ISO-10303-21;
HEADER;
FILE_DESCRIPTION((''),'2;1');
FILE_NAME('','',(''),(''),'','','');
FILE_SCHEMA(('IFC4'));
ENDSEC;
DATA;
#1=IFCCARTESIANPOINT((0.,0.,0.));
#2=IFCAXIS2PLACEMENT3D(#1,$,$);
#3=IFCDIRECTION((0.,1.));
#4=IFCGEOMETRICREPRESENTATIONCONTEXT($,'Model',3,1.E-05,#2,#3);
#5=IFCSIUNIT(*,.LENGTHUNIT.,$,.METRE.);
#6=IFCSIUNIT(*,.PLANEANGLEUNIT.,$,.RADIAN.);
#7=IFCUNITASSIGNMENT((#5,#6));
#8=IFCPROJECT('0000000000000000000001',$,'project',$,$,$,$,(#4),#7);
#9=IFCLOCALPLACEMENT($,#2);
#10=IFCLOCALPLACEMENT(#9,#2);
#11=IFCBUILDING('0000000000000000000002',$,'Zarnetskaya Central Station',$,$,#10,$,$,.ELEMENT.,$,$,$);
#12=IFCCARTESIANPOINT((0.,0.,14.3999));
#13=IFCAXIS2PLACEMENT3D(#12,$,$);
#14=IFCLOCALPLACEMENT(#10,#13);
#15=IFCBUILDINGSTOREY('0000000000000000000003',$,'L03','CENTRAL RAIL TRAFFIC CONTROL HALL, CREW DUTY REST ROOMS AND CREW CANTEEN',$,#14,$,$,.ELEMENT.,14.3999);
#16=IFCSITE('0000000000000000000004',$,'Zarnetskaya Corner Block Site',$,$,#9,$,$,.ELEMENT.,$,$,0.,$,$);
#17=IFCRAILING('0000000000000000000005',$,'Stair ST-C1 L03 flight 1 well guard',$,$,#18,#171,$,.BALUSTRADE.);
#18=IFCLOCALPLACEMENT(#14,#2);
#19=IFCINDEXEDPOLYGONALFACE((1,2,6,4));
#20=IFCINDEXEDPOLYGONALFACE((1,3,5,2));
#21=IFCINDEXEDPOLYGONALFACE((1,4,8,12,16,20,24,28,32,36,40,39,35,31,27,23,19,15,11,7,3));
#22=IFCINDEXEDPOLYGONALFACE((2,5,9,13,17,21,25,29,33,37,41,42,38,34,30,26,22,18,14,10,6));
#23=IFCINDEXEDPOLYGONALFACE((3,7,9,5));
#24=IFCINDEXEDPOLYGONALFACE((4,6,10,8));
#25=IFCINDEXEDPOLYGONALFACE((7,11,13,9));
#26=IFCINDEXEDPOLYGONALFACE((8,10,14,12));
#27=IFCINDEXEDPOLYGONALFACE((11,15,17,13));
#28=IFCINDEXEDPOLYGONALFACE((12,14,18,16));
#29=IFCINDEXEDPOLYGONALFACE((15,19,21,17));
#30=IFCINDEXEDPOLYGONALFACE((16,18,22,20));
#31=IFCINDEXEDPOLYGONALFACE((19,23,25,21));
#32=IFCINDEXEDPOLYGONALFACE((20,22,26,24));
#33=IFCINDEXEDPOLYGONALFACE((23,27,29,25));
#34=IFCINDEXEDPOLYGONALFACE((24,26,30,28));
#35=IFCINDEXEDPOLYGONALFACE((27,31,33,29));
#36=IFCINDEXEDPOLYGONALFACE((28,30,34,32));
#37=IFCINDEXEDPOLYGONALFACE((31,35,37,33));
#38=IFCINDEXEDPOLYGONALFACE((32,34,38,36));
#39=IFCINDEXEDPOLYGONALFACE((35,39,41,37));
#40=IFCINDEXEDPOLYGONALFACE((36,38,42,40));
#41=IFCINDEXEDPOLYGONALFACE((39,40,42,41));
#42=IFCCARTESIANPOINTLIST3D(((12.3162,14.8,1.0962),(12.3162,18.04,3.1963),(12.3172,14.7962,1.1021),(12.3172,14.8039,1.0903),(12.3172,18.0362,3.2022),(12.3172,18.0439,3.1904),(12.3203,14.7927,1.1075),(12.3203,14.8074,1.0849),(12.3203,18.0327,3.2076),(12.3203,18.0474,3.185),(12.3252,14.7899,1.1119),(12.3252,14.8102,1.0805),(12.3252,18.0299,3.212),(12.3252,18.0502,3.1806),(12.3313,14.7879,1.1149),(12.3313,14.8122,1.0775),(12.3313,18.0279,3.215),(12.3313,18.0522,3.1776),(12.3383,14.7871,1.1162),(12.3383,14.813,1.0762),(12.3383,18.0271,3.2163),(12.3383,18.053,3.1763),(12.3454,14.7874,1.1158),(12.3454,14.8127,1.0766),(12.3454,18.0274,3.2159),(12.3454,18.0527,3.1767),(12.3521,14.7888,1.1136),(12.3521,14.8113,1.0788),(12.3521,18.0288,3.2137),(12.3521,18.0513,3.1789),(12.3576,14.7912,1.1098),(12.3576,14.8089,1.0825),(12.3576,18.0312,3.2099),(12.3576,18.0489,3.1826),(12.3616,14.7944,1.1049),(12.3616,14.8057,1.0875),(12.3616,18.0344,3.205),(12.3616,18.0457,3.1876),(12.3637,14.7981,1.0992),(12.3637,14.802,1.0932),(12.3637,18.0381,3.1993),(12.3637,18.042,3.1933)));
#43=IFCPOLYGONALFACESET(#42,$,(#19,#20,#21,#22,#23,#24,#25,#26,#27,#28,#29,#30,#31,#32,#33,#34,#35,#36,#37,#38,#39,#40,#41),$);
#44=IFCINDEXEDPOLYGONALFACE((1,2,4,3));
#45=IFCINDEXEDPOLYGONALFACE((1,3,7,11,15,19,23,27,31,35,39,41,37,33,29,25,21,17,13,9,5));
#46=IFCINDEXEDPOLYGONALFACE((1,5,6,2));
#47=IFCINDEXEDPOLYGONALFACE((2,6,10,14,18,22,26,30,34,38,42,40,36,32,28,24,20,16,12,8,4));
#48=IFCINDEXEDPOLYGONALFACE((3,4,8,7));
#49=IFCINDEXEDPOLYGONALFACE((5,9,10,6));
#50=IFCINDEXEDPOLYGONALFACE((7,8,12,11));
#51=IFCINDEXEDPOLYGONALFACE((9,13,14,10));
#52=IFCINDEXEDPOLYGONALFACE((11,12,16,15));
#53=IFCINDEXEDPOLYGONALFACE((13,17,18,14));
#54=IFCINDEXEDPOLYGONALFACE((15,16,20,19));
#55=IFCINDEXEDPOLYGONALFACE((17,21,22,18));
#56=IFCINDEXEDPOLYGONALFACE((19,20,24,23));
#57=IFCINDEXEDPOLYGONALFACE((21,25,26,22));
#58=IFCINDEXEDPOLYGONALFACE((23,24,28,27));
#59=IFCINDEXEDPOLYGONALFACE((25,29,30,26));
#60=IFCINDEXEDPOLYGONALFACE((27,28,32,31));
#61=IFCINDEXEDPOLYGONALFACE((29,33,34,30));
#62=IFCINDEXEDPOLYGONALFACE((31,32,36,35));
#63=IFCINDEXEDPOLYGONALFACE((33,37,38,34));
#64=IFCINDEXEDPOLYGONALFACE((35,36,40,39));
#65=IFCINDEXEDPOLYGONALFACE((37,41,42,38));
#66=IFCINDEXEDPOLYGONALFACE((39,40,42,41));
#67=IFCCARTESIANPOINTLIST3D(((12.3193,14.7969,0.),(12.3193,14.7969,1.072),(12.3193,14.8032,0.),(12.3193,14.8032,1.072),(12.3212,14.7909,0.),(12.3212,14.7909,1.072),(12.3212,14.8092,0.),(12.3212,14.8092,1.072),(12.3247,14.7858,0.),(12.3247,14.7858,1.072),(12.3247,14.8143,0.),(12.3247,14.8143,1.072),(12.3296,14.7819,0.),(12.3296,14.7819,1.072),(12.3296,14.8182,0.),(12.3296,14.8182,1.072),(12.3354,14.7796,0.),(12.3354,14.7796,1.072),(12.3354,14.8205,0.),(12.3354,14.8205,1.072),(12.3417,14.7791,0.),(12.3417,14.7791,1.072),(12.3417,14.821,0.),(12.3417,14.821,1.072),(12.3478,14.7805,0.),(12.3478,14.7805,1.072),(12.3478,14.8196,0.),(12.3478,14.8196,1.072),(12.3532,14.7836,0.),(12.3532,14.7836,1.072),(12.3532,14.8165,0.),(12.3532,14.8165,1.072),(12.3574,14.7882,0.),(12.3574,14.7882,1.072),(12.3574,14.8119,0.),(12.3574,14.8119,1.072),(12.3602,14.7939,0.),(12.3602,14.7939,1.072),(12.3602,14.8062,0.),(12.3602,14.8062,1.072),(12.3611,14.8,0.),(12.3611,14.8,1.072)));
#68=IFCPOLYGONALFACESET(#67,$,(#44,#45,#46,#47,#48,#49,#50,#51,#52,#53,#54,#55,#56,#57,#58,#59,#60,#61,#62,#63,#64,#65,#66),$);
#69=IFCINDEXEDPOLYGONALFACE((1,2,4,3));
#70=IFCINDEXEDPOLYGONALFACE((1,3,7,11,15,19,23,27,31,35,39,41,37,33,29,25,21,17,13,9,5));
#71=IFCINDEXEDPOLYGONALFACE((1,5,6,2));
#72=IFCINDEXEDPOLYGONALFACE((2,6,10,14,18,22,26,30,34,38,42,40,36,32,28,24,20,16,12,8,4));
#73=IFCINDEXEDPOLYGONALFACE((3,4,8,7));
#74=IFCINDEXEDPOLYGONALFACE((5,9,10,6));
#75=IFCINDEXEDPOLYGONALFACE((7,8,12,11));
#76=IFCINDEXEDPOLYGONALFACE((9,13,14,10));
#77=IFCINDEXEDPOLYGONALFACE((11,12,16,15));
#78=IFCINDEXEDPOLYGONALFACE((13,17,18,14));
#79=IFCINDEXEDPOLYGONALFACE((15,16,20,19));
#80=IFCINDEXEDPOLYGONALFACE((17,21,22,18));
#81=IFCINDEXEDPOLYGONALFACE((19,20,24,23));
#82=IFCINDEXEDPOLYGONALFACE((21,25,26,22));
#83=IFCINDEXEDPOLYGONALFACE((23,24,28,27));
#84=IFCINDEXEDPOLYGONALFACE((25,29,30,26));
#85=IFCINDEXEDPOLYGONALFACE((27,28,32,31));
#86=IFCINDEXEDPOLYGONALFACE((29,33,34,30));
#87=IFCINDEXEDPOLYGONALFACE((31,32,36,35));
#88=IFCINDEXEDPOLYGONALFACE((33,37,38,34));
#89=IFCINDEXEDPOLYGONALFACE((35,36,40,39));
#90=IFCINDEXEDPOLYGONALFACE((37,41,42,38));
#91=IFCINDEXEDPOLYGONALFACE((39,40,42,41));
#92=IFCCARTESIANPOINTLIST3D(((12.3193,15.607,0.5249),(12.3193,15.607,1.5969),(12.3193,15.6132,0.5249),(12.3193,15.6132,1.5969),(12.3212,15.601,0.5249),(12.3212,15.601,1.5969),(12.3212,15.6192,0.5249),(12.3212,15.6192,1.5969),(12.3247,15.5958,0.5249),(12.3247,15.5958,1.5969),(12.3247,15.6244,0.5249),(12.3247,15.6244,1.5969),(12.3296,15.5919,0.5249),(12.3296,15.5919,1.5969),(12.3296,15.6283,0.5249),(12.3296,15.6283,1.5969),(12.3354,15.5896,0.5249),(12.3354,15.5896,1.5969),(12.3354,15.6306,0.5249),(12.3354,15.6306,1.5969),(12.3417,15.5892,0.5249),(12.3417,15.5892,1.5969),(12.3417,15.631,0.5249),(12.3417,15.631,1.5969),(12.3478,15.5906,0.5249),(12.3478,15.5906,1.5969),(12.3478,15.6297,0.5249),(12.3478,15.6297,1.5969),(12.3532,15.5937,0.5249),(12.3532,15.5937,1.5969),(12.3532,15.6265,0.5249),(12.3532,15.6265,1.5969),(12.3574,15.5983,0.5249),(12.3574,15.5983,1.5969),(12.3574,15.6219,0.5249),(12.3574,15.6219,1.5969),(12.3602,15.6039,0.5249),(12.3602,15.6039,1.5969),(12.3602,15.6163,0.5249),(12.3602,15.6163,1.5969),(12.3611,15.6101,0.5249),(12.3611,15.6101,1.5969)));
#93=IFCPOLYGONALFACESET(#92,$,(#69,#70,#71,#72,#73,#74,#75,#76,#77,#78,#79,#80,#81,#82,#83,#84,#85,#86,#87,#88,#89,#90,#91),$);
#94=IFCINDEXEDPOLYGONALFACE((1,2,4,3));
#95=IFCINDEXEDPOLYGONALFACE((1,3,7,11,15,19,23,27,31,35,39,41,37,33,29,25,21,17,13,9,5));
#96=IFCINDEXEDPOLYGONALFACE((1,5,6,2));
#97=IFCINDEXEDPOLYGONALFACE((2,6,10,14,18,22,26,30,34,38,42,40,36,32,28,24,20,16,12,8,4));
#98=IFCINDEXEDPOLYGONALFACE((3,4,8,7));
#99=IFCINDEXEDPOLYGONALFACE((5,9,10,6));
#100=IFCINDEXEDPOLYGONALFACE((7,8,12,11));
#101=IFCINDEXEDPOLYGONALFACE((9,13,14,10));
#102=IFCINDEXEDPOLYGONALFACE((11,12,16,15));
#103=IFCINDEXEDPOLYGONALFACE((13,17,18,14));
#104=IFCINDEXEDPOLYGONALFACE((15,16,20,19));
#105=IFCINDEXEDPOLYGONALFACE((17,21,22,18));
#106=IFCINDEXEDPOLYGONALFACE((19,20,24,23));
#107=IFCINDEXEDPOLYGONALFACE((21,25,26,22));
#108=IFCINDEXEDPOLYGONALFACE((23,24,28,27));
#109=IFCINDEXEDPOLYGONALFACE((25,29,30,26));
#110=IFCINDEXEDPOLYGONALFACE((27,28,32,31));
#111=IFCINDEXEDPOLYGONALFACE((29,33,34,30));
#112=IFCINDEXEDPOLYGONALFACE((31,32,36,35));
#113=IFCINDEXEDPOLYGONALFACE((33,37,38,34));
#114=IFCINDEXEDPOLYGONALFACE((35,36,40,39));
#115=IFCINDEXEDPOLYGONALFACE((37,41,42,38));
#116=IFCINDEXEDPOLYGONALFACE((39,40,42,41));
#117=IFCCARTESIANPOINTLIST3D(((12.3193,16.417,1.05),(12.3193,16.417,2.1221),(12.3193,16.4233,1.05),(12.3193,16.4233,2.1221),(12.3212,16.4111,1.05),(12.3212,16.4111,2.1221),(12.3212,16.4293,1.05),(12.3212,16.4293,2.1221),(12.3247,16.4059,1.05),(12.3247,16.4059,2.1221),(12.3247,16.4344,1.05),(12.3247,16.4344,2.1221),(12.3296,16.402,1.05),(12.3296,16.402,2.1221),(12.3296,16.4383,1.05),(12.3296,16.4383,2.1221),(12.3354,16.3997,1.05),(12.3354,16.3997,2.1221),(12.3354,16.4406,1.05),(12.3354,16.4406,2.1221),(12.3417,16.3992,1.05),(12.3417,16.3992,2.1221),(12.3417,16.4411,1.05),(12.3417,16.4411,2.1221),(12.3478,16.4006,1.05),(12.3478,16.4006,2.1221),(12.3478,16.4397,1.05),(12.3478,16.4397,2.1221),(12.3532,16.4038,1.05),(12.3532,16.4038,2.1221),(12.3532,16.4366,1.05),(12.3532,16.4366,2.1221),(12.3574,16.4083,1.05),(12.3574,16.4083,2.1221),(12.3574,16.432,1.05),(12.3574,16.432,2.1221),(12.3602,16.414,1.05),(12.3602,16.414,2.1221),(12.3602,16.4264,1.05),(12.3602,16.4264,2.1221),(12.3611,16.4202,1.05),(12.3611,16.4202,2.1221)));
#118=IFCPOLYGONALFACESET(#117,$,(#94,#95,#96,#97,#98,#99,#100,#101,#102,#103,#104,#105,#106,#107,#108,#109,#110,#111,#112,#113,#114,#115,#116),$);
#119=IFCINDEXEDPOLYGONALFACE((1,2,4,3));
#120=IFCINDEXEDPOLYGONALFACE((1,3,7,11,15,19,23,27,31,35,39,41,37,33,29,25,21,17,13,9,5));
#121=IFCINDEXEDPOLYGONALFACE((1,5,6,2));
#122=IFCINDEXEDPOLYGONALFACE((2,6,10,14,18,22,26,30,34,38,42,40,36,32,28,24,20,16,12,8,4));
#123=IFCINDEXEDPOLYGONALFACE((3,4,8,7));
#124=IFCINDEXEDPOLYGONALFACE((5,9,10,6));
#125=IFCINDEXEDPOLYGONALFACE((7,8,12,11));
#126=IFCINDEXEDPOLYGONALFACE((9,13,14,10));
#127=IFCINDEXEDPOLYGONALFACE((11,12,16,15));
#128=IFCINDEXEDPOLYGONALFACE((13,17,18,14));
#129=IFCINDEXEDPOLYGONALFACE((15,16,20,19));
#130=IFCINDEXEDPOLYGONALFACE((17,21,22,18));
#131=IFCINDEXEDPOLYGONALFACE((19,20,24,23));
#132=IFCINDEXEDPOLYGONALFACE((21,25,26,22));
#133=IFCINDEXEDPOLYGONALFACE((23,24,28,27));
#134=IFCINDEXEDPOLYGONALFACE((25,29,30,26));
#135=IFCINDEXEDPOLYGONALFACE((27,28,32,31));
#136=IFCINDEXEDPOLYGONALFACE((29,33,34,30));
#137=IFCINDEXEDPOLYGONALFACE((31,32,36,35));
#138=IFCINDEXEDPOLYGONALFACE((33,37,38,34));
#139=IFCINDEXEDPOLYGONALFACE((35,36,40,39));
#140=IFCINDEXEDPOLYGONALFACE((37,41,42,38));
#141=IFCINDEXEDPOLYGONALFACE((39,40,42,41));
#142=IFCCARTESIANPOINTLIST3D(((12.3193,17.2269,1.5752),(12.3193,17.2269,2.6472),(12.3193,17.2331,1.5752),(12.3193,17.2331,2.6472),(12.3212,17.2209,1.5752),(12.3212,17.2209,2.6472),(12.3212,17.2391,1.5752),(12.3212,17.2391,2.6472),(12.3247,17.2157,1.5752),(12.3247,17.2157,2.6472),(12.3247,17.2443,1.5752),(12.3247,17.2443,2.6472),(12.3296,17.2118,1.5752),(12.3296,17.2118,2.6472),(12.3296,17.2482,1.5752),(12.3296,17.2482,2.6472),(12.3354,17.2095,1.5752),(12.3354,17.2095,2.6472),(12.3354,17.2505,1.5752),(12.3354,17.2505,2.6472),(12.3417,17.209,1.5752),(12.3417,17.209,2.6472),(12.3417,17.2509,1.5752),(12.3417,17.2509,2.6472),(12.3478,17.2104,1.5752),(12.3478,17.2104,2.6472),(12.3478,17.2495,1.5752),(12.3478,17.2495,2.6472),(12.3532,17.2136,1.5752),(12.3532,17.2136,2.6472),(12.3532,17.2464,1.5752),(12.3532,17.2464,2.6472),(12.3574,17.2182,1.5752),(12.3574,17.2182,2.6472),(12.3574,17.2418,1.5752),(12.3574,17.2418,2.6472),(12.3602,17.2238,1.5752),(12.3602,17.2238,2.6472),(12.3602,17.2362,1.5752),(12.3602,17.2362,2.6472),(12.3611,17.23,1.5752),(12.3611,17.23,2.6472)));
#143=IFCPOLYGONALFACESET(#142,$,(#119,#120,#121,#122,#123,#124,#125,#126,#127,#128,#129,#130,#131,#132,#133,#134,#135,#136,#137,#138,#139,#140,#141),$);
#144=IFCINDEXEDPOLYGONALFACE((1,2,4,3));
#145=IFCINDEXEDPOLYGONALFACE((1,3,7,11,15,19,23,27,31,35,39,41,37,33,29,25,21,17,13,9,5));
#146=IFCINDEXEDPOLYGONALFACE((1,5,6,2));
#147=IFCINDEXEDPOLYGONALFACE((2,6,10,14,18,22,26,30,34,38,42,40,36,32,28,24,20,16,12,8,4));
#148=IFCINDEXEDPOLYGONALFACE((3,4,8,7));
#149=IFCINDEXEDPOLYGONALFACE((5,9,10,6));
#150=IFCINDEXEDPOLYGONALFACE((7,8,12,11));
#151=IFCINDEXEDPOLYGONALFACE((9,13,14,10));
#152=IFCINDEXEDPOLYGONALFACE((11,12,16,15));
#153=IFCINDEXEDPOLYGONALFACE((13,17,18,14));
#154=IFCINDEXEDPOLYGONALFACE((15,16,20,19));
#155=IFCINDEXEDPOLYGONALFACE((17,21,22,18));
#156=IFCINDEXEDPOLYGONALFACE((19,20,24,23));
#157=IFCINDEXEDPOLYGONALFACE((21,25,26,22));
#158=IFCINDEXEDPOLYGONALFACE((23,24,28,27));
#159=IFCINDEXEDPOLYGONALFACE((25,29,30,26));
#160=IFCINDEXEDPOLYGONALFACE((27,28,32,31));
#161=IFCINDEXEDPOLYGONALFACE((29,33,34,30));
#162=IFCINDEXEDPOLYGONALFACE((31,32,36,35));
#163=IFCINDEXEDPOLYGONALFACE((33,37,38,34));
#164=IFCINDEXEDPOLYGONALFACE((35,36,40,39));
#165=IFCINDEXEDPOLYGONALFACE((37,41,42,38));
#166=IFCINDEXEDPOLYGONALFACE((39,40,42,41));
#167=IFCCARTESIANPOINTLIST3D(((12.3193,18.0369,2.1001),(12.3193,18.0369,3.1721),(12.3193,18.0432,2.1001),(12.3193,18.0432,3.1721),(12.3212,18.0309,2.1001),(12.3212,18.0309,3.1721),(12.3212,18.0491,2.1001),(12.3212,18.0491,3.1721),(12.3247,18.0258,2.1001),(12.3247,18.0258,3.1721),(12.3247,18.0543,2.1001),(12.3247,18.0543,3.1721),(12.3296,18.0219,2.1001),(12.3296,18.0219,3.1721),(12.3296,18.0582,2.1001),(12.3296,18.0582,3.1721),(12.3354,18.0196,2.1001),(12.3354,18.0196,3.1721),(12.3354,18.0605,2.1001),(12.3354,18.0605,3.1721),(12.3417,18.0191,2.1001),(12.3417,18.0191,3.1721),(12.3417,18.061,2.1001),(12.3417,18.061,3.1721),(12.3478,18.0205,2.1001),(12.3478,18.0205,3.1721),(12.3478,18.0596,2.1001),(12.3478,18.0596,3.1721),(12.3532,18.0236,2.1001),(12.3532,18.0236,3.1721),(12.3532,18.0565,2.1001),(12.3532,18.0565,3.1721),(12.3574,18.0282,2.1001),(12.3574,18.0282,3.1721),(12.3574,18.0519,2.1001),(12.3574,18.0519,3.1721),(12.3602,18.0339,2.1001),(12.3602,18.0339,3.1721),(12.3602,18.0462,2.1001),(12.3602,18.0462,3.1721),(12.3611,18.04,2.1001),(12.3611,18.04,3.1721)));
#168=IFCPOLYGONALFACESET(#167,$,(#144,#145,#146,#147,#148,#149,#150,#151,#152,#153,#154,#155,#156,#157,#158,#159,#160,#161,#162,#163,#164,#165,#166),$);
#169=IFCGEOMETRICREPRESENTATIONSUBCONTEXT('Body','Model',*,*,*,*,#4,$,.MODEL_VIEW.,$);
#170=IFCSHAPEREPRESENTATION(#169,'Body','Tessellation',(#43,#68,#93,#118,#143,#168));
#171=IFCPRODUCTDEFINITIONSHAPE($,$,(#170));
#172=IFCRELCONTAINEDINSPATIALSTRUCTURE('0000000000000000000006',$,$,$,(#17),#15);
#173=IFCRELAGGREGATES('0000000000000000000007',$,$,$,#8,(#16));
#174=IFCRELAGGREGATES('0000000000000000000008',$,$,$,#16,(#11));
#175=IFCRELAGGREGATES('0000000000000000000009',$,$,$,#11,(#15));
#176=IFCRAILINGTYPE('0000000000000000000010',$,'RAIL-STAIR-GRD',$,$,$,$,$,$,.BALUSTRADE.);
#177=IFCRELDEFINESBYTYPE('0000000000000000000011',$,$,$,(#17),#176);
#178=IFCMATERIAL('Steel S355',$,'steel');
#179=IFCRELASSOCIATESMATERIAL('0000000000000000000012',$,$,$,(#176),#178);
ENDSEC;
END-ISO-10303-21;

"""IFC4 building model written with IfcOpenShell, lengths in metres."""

from ifc_helpers import new_model, si_unit, direction, frame, origin, origin_2d, place, context, subcontext, project, spatial, circle, extrude, material, type_object, element, save


model = new_model("IFC4")

# Units and contexts
model_context = context("Model", 3, precision=1e-05, world=origin(), true_north=direction((0.0, 1.0)))
body_context = subcontext(model_context, "Body", "Model", "MODEL_VIEW")
ifc_project = project(units=[si_unit("LENGTHUNIT", "METRE"), si_unit("PLANEANGLEUNIT", "RADIAN")], contexts=[model_context])

# Site, building, storey
site_placement = place(None, origin())
site = spatial("IfcSite", under=ifc_project, at=site_placement, Name="Zarnetskaya Corner Block Site", CompositionType="ELEMENT", RefElevation=0.0)
building_placement = place(site_placement, origin())
building = spatial("IfcBuilding", under=site, at=building_placement, Name="Zarnetskaya Central Station", CompositionType="ELEMENT")
storey_placement = place(building_placement, frame((0.0, 0.0, 14.3999)))
storey = spatial("IfcBuildingStorey", under=building, at=storey_placement, Name="L03", Description="CENTRAL RAIL TRAFFIC CONTROL HALL, CREW DUTY REST ROOMS AND CREW CANTEEN", CompositionType="ELEMENT", Elevation=14.3999)

# Shared definitions
ifc_material_1 = material(Name="Steel S355", Category="steel")

# Railing
railing_type_1 = type_object("IfcRailingType", Name="RAIL-STAIR-GRD", PredefinedType="BALUSTRADE", material=ifc_material_1)
railing_1_placement = place(storey_placement, frame((12.3401, 14.8, 0.0)))
element("IfcRailing", 1, at=railing_1_placement, inside=storey, type_object=railing_type_1, Name="Stair ST-C1 L03 flight 1 well guard", PredefinedType="BALUSTRADE", context=body_context, shape_type="SweptSolid", body=[
    extrude(circle(Radius=0.0239, at=origin_2d()), frame((0.0, 0.0, 1.0962), z_axis=(0.0, 0.839141, 0.543914), x_axis=(-1.0, 0.0, 0.0)), (0.0, 0.0, 1.0), 3.8611),
    extrude(circle(Radius=0.021, at=origin_2d()), origin(), (0.0, 0.0, 1.0), 1.072),
    extrude(circle(Radius=0.021, at=origin_2d()), frame((0.0, 0.8101, 0.5249)), (0.0, 0.0, 1.0), 1.072),
    extrude(circle(Radius=0.021, at=origin_2d()), frame((0.0, 1.6201, 1.05)), (0.0, 0.0, 1.0), 1.072),
    extrude(circle(Radius=0.021, at=origin_2d()), frame((0.0, 2.4299, 1.5752)), (0.0, 0.0, 1.0), 1.072),
    extrude(circle(Radius=0.021, at=origin_2d()), frame((0.0, 3.24, 2.1001)), (0.0, 0.0, 1.0), 1.072),
])

save(model, "model.ifc")
